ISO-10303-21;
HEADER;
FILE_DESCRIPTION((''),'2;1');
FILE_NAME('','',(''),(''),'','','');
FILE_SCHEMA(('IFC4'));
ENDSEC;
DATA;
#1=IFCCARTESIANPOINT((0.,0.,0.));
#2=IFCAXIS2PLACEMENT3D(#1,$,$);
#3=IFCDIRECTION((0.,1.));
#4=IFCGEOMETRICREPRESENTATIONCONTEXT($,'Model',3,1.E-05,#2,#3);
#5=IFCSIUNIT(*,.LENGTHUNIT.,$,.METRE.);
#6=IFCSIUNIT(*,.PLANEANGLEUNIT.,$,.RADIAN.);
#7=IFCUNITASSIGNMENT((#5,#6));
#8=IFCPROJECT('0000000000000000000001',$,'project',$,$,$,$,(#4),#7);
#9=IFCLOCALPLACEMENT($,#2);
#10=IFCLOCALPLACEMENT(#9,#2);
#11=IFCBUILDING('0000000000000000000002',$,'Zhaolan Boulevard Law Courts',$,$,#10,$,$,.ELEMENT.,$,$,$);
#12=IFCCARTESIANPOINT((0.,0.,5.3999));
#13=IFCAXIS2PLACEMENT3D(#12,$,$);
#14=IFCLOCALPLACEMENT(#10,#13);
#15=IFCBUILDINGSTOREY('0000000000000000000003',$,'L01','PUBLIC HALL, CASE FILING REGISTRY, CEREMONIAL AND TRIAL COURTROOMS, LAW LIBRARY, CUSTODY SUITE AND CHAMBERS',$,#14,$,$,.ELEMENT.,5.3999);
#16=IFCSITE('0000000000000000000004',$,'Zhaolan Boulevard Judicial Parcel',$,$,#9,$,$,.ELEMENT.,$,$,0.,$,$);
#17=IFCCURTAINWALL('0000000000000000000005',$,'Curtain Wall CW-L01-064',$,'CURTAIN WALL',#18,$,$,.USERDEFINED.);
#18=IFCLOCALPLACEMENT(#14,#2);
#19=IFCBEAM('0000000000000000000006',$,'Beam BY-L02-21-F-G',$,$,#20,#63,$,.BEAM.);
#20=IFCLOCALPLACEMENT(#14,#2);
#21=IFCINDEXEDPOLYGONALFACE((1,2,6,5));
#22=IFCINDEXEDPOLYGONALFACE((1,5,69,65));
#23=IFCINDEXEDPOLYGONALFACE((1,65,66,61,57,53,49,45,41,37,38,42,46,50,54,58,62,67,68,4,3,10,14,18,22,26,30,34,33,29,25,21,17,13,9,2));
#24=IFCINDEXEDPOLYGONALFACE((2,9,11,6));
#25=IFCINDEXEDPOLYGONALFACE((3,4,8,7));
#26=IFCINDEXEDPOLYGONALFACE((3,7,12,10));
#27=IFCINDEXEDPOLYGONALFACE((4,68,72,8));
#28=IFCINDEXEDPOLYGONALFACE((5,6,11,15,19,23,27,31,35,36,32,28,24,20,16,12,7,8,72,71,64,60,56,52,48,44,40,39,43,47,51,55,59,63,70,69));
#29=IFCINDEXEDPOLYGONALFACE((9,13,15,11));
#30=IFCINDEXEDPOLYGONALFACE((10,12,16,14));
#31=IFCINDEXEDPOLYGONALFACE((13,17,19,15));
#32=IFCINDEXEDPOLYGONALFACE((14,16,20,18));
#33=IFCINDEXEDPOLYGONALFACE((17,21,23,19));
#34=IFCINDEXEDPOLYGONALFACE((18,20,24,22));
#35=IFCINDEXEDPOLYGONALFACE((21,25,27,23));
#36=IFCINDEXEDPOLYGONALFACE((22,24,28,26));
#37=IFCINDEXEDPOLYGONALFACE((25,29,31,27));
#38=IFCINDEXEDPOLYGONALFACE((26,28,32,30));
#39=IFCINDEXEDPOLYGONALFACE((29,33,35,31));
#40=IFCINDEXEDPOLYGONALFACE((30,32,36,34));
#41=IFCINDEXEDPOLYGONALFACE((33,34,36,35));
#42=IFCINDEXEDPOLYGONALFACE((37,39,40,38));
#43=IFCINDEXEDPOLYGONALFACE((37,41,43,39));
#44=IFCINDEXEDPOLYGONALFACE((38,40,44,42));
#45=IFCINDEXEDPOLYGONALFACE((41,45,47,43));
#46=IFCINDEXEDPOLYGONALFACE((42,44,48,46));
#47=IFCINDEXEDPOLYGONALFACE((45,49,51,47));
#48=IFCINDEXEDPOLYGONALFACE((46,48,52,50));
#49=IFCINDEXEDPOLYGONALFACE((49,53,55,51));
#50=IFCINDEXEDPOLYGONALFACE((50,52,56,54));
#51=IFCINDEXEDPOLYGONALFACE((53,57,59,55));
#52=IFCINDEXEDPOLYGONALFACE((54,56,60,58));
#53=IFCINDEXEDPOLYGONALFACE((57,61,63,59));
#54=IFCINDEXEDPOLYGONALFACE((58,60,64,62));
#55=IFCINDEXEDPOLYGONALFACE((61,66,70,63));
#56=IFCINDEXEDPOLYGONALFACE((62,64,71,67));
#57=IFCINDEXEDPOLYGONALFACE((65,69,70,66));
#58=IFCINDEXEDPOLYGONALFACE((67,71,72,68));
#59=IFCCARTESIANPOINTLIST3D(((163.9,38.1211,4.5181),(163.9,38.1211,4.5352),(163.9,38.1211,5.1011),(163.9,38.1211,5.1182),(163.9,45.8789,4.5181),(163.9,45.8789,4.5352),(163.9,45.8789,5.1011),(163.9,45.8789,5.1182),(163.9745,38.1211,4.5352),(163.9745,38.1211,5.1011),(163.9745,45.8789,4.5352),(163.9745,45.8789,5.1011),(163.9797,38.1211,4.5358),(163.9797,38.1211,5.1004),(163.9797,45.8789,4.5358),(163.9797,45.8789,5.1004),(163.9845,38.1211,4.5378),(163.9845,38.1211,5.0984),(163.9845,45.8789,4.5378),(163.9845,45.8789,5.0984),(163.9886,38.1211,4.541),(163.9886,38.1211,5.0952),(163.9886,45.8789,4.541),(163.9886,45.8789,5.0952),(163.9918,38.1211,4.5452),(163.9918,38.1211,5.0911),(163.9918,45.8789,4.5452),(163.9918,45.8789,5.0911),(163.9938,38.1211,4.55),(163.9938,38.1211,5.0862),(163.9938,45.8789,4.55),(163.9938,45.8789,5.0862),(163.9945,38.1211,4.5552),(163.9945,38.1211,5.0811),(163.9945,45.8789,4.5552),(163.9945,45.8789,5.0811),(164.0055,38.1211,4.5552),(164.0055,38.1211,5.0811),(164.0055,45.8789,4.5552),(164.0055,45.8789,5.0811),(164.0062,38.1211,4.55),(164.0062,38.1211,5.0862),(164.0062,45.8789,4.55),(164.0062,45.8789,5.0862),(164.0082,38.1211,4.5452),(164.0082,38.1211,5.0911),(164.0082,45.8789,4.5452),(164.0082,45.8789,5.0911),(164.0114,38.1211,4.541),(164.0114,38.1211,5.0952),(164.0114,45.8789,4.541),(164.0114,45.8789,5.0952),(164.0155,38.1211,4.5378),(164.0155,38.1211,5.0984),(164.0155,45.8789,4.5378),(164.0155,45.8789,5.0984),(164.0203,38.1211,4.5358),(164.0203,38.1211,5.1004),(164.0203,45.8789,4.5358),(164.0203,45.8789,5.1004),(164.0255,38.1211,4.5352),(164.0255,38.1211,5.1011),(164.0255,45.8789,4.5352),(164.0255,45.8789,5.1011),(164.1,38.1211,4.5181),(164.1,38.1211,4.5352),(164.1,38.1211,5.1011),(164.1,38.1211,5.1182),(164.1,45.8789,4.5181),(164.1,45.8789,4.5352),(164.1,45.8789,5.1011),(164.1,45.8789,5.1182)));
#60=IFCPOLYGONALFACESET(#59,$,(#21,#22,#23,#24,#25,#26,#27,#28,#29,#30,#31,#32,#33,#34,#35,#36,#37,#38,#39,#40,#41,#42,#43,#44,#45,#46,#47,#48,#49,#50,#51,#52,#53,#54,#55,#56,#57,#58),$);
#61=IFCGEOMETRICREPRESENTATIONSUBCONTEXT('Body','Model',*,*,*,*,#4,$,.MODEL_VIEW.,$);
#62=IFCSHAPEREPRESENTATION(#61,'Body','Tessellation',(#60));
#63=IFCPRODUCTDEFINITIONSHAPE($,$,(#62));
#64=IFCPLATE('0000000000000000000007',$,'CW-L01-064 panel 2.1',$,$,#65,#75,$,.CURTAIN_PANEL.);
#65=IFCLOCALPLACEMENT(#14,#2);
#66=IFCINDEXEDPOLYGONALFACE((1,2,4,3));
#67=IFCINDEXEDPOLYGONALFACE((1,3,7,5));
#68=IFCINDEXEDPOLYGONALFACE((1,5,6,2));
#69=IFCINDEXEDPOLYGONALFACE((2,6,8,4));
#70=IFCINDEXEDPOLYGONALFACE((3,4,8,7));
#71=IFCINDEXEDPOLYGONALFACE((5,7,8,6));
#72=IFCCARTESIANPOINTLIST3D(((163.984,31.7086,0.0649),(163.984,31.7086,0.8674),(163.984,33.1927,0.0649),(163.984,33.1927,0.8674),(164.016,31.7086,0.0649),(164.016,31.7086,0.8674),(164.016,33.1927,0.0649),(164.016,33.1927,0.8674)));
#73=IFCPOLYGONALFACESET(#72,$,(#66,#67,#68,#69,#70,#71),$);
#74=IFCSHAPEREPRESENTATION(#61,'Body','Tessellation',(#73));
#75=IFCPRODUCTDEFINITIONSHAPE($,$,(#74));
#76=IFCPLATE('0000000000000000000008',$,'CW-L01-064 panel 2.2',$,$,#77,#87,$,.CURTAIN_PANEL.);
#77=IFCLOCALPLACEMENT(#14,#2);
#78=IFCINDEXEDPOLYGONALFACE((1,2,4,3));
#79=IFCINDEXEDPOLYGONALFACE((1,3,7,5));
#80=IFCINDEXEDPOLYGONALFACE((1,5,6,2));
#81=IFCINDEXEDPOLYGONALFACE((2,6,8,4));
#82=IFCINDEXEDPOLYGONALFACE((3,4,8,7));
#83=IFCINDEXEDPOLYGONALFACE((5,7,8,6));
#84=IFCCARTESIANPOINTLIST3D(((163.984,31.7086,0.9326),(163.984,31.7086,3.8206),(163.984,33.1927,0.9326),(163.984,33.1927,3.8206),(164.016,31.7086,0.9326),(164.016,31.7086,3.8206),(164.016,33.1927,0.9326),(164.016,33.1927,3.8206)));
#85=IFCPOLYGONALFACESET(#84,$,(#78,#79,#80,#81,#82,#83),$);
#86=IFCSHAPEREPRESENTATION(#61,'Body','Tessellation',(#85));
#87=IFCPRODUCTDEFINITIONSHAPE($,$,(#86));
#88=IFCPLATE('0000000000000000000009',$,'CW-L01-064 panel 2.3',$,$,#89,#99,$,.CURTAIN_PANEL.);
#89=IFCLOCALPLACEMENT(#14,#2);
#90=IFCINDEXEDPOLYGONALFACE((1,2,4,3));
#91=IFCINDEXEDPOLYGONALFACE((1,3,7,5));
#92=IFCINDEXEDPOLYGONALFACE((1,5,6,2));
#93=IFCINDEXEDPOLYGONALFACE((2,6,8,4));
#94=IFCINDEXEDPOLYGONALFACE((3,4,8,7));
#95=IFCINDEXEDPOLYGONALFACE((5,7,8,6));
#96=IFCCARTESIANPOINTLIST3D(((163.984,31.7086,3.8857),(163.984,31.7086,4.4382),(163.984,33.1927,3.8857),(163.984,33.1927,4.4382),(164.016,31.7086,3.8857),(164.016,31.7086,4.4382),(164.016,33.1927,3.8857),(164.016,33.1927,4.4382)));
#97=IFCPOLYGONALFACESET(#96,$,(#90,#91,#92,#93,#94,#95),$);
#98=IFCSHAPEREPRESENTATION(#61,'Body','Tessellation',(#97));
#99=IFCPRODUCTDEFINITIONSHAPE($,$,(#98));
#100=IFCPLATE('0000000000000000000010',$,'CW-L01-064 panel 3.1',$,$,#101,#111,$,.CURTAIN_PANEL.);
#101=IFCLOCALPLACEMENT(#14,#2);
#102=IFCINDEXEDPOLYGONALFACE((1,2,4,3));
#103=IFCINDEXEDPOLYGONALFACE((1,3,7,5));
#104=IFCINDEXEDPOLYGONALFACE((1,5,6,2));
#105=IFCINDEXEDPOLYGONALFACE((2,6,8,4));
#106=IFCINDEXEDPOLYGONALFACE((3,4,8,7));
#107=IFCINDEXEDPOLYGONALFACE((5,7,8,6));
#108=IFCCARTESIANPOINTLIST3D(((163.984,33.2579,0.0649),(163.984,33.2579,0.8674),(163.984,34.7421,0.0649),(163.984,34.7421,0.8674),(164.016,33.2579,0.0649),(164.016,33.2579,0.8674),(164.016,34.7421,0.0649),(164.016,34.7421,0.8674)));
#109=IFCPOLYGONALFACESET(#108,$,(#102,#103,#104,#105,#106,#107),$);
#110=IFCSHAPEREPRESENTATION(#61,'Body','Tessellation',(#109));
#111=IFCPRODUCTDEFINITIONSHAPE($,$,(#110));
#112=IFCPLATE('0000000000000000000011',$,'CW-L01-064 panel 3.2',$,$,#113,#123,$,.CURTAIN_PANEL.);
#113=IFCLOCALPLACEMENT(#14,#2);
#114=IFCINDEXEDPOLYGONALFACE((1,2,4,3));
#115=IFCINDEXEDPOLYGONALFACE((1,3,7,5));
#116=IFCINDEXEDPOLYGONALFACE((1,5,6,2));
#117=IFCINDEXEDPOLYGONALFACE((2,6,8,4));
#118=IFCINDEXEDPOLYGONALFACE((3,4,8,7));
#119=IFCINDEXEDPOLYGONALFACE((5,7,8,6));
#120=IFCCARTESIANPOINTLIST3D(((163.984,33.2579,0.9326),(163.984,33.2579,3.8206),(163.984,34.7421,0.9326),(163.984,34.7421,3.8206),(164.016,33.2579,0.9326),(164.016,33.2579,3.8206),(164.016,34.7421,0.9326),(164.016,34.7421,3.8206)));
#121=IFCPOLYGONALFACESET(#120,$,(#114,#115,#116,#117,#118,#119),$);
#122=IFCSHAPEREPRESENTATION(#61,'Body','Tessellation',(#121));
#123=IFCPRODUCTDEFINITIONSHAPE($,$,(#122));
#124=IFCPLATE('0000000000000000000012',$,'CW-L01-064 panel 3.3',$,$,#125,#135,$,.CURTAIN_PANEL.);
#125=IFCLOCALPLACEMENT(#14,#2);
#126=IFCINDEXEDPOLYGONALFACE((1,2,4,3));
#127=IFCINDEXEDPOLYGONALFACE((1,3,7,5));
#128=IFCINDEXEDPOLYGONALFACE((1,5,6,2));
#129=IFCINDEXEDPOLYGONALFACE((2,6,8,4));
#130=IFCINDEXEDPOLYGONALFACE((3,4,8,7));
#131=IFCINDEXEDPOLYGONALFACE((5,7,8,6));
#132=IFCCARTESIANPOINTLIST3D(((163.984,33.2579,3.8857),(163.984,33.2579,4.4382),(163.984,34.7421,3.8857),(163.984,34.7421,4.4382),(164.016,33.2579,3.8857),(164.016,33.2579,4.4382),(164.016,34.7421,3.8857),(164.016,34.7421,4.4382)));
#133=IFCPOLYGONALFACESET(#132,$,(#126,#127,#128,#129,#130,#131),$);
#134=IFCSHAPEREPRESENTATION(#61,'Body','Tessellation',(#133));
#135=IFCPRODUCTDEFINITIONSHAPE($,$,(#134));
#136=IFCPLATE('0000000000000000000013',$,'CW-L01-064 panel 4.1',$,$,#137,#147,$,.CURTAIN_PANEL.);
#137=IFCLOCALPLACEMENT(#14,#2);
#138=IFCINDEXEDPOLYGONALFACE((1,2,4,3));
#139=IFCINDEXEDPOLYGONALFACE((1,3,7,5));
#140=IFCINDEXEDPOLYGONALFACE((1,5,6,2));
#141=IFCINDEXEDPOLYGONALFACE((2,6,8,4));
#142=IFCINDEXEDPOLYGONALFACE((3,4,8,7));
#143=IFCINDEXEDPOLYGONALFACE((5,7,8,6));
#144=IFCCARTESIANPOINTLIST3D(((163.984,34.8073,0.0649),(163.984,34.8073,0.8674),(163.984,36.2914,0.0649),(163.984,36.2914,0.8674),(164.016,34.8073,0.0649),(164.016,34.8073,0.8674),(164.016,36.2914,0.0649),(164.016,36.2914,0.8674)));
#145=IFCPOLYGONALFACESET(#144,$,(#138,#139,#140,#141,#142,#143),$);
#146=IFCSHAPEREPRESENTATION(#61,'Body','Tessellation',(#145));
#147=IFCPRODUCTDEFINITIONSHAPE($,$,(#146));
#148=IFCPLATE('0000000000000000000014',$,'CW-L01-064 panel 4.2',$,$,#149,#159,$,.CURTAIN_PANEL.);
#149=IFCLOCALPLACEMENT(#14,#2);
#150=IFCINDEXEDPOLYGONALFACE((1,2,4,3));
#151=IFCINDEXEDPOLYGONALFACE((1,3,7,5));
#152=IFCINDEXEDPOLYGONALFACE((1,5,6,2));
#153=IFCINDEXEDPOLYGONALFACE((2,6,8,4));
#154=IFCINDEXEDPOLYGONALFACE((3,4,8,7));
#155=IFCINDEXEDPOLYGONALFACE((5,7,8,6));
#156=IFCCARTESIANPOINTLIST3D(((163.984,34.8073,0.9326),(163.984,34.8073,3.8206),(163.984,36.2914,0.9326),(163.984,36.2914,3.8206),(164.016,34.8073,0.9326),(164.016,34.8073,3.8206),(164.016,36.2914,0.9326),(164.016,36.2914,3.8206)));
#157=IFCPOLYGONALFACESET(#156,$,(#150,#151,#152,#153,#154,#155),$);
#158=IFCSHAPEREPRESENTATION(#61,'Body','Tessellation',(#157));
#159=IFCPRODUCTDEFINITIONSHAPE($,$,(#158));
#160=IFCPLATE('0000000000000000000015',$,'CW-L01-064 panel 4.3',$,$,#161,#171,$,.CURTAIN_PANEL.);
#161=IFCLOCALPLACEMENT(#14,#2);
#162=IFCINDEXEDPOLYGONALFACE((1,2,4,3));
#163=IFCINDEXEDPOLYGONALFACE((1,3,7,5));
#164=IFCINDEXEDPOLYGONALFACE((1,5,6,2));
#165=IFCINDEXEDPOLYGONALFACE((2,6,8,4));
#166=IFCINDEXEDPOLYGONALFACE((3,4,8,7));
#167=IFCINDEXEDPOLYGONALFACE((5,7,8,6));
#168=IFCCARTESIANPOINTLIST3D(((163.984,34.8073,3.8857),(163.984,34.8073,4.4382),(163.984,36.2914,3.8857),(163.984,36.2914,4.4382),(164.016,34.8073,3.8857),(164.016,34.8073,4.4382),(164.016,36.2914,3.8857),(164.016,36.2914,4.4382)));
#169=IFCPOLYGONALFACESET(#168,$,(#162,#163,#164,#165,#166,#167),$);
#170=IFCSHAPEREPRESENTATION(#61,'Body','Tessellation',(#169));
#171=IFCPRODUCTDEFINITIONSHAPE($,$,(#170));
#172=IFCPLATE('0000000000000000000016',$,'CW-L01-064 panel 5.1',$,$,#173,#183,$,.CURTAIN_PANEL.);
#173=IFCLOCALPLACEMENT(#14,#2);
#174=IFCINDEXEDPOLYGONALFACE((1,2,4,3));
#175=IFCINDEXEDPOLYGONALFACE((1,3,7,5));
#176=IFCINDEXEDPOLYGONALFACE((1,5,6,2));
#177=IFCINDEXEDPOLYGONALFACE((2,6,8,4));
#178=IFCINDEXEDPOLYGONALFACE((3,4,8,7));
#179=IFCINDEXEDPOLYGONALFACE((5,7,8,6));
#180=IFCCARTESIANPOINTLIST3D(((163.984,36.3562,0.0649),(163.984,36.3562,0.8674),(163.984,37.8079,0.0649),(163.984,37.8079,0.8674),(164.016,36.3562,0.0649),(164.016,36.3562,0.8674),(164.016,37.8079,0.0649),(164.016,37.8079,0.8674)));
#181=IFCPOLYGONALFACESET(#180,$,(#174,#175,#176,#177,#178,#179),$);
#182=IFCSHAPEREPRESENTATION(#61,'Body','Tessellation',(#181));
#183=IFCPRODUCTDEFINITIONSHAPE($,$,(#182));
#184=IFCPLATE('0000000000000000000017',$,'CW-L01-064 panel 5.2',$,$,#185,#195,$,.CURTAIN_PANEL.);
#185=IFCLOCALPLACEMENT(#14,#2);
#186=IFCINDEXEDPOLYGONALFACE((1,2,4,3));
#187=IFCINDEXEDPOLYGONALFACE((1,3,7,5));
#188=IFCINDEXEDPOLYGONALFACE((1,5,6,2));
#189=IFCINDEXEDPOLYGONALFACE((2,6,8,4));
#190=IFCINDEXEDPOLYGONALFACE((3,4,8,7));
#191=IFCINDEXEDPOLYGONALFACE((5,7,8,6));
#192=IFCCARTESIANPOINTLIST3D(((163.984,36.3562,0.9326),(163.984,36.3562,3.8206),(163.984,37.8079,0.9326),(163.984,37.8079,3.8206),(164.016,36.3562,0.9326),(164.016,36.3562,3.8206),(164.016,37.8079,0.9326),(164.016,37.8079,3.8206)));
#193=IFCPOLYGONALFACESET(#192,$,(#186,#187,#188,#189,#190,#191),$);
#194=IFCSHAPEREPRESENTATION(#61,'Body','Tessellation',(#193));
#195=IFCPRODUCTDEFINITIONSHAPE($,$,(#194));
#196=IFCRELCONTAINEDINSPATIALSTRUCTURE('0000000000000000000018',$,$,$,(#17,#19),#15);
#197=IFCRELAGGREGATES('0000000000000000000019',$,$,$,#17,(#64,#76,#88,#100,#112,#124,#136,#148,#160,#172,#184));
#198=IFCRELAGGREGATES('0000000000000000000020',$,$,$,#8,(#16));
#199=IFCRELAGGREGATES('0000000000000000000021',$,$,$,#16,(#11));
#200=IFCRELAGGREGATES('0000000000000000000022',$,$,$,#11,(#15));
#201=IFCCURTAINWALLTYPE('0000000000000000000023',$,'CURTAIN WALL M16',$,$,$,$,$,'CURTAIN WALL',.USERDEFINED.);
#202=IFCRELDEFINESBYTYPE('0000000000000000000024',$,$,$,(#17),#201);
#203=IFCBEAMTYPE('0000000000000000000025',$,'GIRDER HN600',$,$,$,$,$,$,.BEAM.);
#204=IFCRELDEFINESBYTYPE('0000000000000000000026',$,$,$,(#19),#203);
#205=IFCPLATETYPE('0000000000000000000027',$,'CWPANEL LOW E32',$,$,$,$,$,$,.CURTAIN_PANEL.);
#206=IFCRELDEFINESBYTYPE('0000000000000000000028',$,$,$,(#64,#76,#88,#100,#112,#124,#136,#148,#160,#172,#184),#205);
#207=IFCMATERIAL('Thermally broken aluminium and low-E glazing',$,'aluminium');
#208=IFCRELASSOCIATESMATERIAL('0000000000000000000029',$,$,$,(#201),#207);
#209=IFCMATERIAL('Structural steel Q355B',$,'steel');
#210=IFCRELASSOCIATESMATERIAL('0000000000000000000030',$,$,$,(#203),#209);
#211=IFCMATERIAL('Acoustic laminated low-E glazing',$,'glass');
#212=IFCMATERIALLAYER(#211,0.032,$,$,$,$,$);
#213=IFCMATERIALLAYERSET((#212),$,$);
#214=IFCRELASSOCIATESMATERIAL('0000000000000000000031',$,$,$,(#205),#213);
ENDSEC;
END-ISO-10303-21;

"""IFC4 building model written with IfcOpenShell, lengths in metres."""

from ifc_helpers import new_model, si_unit, direction, frame, origin, origin_2d, place, context, subcontext, project, spatial, rectangle, i_section, extrude, material, layer, layer_set, material_profile, profile_set, type_object, element, aggregate, save


model = new_model("IFC4")

# Units and contexts
model_context = context("Model", 3, precision=1e-05, world=origin(), true_north=direction((0.0, 1.0)))
body_context = subcontext(model_context, "Body", "Model", "MODEL_VIEW")
ifc_project = project(units=[si_unit("LENGTHUNIT", "METRE"), si_unit("PLANEANGLEUNIT", "RADIAN")], contexts=[model_context])

# Site, building, storey
site_placement = place(None, origin())
site = spatial("IfcSite", under=ifc_project, at=site_placement, Name="Zhaolan Boulevard Judicial Parcel", CompositionType="ELEMENT", RefElevation=0.0)
building_placement = place(site_placement, origin())
building = spatial("IfcBuilding", under=site, at=building_placement, Name="Zhaolan Boulevard Law Courts", CompositionType="ELEMENT")
storey_placement = place(building_placement, frame((0.0, 0.0, 5.3999)))
storey = spatial("IfcBuildingStorey", under=building, at=storey_placement, Name="L01", Description="PUBLIC HALL, CASE FILING REGISTRY, CEREMONIAL AND TRIAL COURTROOMS, LAW LIBRARY, CUSTODY SUITE AND CHAMBERS", CompositionType="ELEMENT", Elevation=5.3999)

# Curtain wall
ifc_material_1 = material(Name="Thermally broken aluminium and low-E glazing", Category="aluminium")
curtain_wall_type_1 = type_object("IfcCurtainWallType", Name="CURTAIN WALL M16", ElementType="CURTAIN WALL", PredefinedType="USERDEFINED", material=ifc_material_1)
curtain_wall_1_placement = place(storey_placement, origin())
curtain_wall_1 = element("IfcCurtainWall", 1, at=curtain_wall_1_placement, inside=storey, type_object=curtain_wall_type_1, Name="Curtain Wall CW-L01-064", ObjectType="CURTAIN WALL", PredefinedType="USERDEFINED")

# Beam
ifc_material_2 = material(Name="Structural steel Q355B", Category="steel")
ifc_material_profile_1 = material_profile(ifc_material_2, i_section(OverallWidth=0.2, OverallDepth=0.6001, WebThickness=0.011, FlangeThickness=0.0171, FilletRadius=0.02, at=origin_2d()), Name="HN600x200")
ifc_profile_set_1 = profile_set([ifc_material_profile_1], Name="Structural steel Q355B")
beam_type = type_object("IfcBeamType", Name="GIRDER HN600", PredefinedType="BEAM", material=ifc_profile_set_1)
beam_placement = place(storey_placement, frame((164.0, 38.1211, 4.8181), z_axis=(0.0, 1.0, 0.0), x_axis=(-1.0, 0.0, 0.0)))
element("IfcBeam", 2, at=beam_placement, inside=storey, type_object=beam_type, Name="Beam BY-L02-21-F-G", PredefinedType="BEAM", context=body_context, shape_type="SweptSolid", body=[
    extrude(i_section(OverallWidth=0.2, OverallDepth=0.6001, WebThickness=0.011, FlangeThickness=0.0171, FilletRadius=0.02, at=origin_2d()), origin(), (0.0, 0.0, 1.0), 7.7578),
])

# Plates
ifc_material_3 = material(Name="Acoustic laminated low-E glazing", Category="glass")
ifc_layer = layer(ifc_material_3, 0.032)
ifc_layer_set = layer_set([ifc_layer])
plate_type = type_object("IfcPlateType", Name="CWPANEL LOW E32", PredefinedType="CURTAIN_PANEL", material=ifc_layer_set)
plate_1_placement = place(storey_placement, frame((164.0, 32.4507, 0.0649), z_axis=(0.0, 0.0, 1.0), x_axis=(0.0, 1.0, 0.0)))
plate_1 = element("IfcPlate", 3, at=plate_1_placement, type_object=plate_type, Name="CW-L01-064 panel 2.1", PredefinedType="CURTAIN_PANEL", context=body_context, shape_type="SweptSolid", body=[
    extrude(rectangle(XDim=1.4841, YDim=0.032, at=origin_2d()), origin(), (0.0, 0.0, 1.0), 0.8025),
])
plate_2_placement = place(storey_placement, frame((164.0, 32.4507, 0.9326), z_axis=(0.0, 0.0, 1.0), x_axis=(0.0, 1.0, 0.0)))
plate_2 = element("IfcPlate", 4, at=plate_2_placement, type_object=plate_type, Name="CW-L01-064 panel 2.2", PredefinedType="CURTAIN_PANEL", context=body_context, shape_type="SweptSolid", body=[
    extrude(rectangle(XDim=1.4841, YDim=0.032, at=origin_2d()), origin(), (0.0, 0.0, 1.0), 2.8879),
])
plate_3_placement = place(storey_placement, frame((164.0, 32.4507, 3.8857), z_axis=(0.0, 0.0, 1.0), x_axis=(0.0, 1.0, 0.0)))
plate_3 = element("IfcPlate", 5, at=plate_3_placement, type_object=plate_type, Name="CW-L01-064 panel 2.3", PredefinedType="CURTAIN_PANEL", context=body_context, shape_type="SweptSolid", body=[
    extrude(rectangle(XDim=1.4841, YDim=0.032, at=origin_2d()), origin(), (0.0, 0.0, 1.0), 0.5525),
])
plate_4_placement = place(storey_placement, frame((164.0, 34.0, 0.0649), z_axis=(0.0, 0.0, 1.0), x_axis=(0.0, 1.0, 0.0)))
plate_4 = element("IfcPlate", 6, at=plate_4_placement, type_object=plate_type, Name="CW-L01-064 panel 3.1", PredefinedType="CURTAIN_PANEL", context=body_context, shape_type="SweptSolid", body=[
    extrude(rectangle(XDim=1.4841, YDim=0.032, at=origin_2d()), origin(), (0.0, 0.0, 1.0), 0.8025),
])
plate_5_placement = place(storey_placement, frame((164.0, 34.0, 0.9326), z_axis=(0.0, 0.0, 1.0), x_axis=(0.0, 1.0, 0.0)))
plate_5 = element("IfcPlate", 7, at=plate_5_placement, type_object=plate_type, Name="CW-L01-064 panel 3.2", PredefinedType="CURTAIN_PANEL", context=body_context, shape_type="SweptSolid", body=[
    extrude(rectangle(XDim=1.4841, YDim=0.032, at=origin_2d()), origin(), (0.0, 0.0, 1.0), 2.8879),
])
plate_6_placement = place(storey_placement, frame((164.0, 34.0, 3.8857), z_axis=(0.0, 0.0, 1.0), x_axis=(0.0, 1.0, 0.0)))
plate_6 = element("IfcPlate", 8, at=plate_6_placement, type_object=plate_type, Name="CW-L01-064 panel 3.3", PredefinedType="CURTAIN_PANEL", context=body_context, shape_type="SweptSolid", body=[
    extrude(rectangle(XDim=1.4841, YDim=0.032, at=origin_2d()), origin(), (0.0, 0.0, 1.0), 0.5525),
])
plate_7_placement = place(storey_placement, frame((164.0, 35.5493, 0.0649), z_axis=(0.0, 0.0, 1.0), x_axis=(0.0, 1.0, 0.0)))
plate_7 = element("IfcPlate", 9, at=plate_7_placement, type_object=plate_type, Name="CW-L01-064 panel 4.1", PredefinedType="CURTAIN_PANEL", context=body_context, shape_type="SweptSolid", body=[
    extrude(rectangle(XDim=1.4841, YDim=0.032, at=origin_2d()), origin(), (0.0, 0.0, 1.0), 0.8025),
])
plate_8_placement = place(storey_placement, frame((164.0, 35.5493, 0.9326), z_axis=(0.0, 0.0, 1.0), x_axis=(0.0, 1.0, 0.0)))
plate_8 = element("IfcPlate", 10, at=plate_8_placement, type_object=plate_type, Name="CW-L01-064 panel 4.2", PredefinedType="CURTAIN_PANEL", context=body_context, shape_type="SweptSolid", body=[
    extrude(rectangle(XDim=1.4841, YDim=0.032, at=origin_2d()), origin(), (0.0, 0.0, 1.0), 2.8879),
])
plate_9_placement = place(storey_placement, frame((164.0, 35.5493, 3.8857), z_axis=(0.0, 0.0, 1.0), x_axis=(0.0, 1.0, 0.0)))
plate_9 = element("IfcPlate", 11, at=plate_9_placement, type_object=plate_type, Name="CW-L01-064 panel 4.3", PredefinedType="CURTAIN_PANEL", context=body_context, shape_type="SweptSolid", body=[
    extrude(rectangle(XDim=1.4841, YDim=0.032, at=origin_2d()), origin(), (0.0, 0.0, 1.0), 0.5525),
])
plate_10_placement = place(storey_placement, frame((164.0, 37.082, 0.0649), z_axis=(0.0, 0.0, 1.0), x_axis=(0.0, 1.0, 0.0)))
plate_10 = element("IfcPlate", 12, at=plate_10_placement, type_object=plate_type, Name="CW-L01-064 panel 5.1", PredefinedType="CURTAIN_PANEL", context=body_context, shape_type="SweptSolid", body=[
    extrude(rectangle(XDim=1.4517, YDim=0.032, at=origin_2d()), origin(), (0.0, 0.0, 1.0), 0.8025),
])
plate_11_placement = place(storey_placement, frame((164.0, 37.082, 0.9326), z_axis=(0.0, 0.0, 1.0), x_axis=(0.0, 1.0, 0.0)))
plate_11 = element("IfcPlate", 13, at=plate_11_placement, type_object=plate_type, Name="CW-L01-064 panel 5.2", PredefinedType="CURTAIN_PANEL", context=body_context, shape_type="SweptSolid", body=[
    extrude(rectangle(XDim=1.4517, YDim=0.032, at=origin_2d()), origin(), (0.0, 0.0, 1.0), 2.8879),
])
aggregate(curtain_wall_1, [plate_1, plate_2, plate_3, plate_4, plate_5, plate_6, plate_7, plate_8, plate_9, plate_10, plate_11])

save(model, "model.ifc")
